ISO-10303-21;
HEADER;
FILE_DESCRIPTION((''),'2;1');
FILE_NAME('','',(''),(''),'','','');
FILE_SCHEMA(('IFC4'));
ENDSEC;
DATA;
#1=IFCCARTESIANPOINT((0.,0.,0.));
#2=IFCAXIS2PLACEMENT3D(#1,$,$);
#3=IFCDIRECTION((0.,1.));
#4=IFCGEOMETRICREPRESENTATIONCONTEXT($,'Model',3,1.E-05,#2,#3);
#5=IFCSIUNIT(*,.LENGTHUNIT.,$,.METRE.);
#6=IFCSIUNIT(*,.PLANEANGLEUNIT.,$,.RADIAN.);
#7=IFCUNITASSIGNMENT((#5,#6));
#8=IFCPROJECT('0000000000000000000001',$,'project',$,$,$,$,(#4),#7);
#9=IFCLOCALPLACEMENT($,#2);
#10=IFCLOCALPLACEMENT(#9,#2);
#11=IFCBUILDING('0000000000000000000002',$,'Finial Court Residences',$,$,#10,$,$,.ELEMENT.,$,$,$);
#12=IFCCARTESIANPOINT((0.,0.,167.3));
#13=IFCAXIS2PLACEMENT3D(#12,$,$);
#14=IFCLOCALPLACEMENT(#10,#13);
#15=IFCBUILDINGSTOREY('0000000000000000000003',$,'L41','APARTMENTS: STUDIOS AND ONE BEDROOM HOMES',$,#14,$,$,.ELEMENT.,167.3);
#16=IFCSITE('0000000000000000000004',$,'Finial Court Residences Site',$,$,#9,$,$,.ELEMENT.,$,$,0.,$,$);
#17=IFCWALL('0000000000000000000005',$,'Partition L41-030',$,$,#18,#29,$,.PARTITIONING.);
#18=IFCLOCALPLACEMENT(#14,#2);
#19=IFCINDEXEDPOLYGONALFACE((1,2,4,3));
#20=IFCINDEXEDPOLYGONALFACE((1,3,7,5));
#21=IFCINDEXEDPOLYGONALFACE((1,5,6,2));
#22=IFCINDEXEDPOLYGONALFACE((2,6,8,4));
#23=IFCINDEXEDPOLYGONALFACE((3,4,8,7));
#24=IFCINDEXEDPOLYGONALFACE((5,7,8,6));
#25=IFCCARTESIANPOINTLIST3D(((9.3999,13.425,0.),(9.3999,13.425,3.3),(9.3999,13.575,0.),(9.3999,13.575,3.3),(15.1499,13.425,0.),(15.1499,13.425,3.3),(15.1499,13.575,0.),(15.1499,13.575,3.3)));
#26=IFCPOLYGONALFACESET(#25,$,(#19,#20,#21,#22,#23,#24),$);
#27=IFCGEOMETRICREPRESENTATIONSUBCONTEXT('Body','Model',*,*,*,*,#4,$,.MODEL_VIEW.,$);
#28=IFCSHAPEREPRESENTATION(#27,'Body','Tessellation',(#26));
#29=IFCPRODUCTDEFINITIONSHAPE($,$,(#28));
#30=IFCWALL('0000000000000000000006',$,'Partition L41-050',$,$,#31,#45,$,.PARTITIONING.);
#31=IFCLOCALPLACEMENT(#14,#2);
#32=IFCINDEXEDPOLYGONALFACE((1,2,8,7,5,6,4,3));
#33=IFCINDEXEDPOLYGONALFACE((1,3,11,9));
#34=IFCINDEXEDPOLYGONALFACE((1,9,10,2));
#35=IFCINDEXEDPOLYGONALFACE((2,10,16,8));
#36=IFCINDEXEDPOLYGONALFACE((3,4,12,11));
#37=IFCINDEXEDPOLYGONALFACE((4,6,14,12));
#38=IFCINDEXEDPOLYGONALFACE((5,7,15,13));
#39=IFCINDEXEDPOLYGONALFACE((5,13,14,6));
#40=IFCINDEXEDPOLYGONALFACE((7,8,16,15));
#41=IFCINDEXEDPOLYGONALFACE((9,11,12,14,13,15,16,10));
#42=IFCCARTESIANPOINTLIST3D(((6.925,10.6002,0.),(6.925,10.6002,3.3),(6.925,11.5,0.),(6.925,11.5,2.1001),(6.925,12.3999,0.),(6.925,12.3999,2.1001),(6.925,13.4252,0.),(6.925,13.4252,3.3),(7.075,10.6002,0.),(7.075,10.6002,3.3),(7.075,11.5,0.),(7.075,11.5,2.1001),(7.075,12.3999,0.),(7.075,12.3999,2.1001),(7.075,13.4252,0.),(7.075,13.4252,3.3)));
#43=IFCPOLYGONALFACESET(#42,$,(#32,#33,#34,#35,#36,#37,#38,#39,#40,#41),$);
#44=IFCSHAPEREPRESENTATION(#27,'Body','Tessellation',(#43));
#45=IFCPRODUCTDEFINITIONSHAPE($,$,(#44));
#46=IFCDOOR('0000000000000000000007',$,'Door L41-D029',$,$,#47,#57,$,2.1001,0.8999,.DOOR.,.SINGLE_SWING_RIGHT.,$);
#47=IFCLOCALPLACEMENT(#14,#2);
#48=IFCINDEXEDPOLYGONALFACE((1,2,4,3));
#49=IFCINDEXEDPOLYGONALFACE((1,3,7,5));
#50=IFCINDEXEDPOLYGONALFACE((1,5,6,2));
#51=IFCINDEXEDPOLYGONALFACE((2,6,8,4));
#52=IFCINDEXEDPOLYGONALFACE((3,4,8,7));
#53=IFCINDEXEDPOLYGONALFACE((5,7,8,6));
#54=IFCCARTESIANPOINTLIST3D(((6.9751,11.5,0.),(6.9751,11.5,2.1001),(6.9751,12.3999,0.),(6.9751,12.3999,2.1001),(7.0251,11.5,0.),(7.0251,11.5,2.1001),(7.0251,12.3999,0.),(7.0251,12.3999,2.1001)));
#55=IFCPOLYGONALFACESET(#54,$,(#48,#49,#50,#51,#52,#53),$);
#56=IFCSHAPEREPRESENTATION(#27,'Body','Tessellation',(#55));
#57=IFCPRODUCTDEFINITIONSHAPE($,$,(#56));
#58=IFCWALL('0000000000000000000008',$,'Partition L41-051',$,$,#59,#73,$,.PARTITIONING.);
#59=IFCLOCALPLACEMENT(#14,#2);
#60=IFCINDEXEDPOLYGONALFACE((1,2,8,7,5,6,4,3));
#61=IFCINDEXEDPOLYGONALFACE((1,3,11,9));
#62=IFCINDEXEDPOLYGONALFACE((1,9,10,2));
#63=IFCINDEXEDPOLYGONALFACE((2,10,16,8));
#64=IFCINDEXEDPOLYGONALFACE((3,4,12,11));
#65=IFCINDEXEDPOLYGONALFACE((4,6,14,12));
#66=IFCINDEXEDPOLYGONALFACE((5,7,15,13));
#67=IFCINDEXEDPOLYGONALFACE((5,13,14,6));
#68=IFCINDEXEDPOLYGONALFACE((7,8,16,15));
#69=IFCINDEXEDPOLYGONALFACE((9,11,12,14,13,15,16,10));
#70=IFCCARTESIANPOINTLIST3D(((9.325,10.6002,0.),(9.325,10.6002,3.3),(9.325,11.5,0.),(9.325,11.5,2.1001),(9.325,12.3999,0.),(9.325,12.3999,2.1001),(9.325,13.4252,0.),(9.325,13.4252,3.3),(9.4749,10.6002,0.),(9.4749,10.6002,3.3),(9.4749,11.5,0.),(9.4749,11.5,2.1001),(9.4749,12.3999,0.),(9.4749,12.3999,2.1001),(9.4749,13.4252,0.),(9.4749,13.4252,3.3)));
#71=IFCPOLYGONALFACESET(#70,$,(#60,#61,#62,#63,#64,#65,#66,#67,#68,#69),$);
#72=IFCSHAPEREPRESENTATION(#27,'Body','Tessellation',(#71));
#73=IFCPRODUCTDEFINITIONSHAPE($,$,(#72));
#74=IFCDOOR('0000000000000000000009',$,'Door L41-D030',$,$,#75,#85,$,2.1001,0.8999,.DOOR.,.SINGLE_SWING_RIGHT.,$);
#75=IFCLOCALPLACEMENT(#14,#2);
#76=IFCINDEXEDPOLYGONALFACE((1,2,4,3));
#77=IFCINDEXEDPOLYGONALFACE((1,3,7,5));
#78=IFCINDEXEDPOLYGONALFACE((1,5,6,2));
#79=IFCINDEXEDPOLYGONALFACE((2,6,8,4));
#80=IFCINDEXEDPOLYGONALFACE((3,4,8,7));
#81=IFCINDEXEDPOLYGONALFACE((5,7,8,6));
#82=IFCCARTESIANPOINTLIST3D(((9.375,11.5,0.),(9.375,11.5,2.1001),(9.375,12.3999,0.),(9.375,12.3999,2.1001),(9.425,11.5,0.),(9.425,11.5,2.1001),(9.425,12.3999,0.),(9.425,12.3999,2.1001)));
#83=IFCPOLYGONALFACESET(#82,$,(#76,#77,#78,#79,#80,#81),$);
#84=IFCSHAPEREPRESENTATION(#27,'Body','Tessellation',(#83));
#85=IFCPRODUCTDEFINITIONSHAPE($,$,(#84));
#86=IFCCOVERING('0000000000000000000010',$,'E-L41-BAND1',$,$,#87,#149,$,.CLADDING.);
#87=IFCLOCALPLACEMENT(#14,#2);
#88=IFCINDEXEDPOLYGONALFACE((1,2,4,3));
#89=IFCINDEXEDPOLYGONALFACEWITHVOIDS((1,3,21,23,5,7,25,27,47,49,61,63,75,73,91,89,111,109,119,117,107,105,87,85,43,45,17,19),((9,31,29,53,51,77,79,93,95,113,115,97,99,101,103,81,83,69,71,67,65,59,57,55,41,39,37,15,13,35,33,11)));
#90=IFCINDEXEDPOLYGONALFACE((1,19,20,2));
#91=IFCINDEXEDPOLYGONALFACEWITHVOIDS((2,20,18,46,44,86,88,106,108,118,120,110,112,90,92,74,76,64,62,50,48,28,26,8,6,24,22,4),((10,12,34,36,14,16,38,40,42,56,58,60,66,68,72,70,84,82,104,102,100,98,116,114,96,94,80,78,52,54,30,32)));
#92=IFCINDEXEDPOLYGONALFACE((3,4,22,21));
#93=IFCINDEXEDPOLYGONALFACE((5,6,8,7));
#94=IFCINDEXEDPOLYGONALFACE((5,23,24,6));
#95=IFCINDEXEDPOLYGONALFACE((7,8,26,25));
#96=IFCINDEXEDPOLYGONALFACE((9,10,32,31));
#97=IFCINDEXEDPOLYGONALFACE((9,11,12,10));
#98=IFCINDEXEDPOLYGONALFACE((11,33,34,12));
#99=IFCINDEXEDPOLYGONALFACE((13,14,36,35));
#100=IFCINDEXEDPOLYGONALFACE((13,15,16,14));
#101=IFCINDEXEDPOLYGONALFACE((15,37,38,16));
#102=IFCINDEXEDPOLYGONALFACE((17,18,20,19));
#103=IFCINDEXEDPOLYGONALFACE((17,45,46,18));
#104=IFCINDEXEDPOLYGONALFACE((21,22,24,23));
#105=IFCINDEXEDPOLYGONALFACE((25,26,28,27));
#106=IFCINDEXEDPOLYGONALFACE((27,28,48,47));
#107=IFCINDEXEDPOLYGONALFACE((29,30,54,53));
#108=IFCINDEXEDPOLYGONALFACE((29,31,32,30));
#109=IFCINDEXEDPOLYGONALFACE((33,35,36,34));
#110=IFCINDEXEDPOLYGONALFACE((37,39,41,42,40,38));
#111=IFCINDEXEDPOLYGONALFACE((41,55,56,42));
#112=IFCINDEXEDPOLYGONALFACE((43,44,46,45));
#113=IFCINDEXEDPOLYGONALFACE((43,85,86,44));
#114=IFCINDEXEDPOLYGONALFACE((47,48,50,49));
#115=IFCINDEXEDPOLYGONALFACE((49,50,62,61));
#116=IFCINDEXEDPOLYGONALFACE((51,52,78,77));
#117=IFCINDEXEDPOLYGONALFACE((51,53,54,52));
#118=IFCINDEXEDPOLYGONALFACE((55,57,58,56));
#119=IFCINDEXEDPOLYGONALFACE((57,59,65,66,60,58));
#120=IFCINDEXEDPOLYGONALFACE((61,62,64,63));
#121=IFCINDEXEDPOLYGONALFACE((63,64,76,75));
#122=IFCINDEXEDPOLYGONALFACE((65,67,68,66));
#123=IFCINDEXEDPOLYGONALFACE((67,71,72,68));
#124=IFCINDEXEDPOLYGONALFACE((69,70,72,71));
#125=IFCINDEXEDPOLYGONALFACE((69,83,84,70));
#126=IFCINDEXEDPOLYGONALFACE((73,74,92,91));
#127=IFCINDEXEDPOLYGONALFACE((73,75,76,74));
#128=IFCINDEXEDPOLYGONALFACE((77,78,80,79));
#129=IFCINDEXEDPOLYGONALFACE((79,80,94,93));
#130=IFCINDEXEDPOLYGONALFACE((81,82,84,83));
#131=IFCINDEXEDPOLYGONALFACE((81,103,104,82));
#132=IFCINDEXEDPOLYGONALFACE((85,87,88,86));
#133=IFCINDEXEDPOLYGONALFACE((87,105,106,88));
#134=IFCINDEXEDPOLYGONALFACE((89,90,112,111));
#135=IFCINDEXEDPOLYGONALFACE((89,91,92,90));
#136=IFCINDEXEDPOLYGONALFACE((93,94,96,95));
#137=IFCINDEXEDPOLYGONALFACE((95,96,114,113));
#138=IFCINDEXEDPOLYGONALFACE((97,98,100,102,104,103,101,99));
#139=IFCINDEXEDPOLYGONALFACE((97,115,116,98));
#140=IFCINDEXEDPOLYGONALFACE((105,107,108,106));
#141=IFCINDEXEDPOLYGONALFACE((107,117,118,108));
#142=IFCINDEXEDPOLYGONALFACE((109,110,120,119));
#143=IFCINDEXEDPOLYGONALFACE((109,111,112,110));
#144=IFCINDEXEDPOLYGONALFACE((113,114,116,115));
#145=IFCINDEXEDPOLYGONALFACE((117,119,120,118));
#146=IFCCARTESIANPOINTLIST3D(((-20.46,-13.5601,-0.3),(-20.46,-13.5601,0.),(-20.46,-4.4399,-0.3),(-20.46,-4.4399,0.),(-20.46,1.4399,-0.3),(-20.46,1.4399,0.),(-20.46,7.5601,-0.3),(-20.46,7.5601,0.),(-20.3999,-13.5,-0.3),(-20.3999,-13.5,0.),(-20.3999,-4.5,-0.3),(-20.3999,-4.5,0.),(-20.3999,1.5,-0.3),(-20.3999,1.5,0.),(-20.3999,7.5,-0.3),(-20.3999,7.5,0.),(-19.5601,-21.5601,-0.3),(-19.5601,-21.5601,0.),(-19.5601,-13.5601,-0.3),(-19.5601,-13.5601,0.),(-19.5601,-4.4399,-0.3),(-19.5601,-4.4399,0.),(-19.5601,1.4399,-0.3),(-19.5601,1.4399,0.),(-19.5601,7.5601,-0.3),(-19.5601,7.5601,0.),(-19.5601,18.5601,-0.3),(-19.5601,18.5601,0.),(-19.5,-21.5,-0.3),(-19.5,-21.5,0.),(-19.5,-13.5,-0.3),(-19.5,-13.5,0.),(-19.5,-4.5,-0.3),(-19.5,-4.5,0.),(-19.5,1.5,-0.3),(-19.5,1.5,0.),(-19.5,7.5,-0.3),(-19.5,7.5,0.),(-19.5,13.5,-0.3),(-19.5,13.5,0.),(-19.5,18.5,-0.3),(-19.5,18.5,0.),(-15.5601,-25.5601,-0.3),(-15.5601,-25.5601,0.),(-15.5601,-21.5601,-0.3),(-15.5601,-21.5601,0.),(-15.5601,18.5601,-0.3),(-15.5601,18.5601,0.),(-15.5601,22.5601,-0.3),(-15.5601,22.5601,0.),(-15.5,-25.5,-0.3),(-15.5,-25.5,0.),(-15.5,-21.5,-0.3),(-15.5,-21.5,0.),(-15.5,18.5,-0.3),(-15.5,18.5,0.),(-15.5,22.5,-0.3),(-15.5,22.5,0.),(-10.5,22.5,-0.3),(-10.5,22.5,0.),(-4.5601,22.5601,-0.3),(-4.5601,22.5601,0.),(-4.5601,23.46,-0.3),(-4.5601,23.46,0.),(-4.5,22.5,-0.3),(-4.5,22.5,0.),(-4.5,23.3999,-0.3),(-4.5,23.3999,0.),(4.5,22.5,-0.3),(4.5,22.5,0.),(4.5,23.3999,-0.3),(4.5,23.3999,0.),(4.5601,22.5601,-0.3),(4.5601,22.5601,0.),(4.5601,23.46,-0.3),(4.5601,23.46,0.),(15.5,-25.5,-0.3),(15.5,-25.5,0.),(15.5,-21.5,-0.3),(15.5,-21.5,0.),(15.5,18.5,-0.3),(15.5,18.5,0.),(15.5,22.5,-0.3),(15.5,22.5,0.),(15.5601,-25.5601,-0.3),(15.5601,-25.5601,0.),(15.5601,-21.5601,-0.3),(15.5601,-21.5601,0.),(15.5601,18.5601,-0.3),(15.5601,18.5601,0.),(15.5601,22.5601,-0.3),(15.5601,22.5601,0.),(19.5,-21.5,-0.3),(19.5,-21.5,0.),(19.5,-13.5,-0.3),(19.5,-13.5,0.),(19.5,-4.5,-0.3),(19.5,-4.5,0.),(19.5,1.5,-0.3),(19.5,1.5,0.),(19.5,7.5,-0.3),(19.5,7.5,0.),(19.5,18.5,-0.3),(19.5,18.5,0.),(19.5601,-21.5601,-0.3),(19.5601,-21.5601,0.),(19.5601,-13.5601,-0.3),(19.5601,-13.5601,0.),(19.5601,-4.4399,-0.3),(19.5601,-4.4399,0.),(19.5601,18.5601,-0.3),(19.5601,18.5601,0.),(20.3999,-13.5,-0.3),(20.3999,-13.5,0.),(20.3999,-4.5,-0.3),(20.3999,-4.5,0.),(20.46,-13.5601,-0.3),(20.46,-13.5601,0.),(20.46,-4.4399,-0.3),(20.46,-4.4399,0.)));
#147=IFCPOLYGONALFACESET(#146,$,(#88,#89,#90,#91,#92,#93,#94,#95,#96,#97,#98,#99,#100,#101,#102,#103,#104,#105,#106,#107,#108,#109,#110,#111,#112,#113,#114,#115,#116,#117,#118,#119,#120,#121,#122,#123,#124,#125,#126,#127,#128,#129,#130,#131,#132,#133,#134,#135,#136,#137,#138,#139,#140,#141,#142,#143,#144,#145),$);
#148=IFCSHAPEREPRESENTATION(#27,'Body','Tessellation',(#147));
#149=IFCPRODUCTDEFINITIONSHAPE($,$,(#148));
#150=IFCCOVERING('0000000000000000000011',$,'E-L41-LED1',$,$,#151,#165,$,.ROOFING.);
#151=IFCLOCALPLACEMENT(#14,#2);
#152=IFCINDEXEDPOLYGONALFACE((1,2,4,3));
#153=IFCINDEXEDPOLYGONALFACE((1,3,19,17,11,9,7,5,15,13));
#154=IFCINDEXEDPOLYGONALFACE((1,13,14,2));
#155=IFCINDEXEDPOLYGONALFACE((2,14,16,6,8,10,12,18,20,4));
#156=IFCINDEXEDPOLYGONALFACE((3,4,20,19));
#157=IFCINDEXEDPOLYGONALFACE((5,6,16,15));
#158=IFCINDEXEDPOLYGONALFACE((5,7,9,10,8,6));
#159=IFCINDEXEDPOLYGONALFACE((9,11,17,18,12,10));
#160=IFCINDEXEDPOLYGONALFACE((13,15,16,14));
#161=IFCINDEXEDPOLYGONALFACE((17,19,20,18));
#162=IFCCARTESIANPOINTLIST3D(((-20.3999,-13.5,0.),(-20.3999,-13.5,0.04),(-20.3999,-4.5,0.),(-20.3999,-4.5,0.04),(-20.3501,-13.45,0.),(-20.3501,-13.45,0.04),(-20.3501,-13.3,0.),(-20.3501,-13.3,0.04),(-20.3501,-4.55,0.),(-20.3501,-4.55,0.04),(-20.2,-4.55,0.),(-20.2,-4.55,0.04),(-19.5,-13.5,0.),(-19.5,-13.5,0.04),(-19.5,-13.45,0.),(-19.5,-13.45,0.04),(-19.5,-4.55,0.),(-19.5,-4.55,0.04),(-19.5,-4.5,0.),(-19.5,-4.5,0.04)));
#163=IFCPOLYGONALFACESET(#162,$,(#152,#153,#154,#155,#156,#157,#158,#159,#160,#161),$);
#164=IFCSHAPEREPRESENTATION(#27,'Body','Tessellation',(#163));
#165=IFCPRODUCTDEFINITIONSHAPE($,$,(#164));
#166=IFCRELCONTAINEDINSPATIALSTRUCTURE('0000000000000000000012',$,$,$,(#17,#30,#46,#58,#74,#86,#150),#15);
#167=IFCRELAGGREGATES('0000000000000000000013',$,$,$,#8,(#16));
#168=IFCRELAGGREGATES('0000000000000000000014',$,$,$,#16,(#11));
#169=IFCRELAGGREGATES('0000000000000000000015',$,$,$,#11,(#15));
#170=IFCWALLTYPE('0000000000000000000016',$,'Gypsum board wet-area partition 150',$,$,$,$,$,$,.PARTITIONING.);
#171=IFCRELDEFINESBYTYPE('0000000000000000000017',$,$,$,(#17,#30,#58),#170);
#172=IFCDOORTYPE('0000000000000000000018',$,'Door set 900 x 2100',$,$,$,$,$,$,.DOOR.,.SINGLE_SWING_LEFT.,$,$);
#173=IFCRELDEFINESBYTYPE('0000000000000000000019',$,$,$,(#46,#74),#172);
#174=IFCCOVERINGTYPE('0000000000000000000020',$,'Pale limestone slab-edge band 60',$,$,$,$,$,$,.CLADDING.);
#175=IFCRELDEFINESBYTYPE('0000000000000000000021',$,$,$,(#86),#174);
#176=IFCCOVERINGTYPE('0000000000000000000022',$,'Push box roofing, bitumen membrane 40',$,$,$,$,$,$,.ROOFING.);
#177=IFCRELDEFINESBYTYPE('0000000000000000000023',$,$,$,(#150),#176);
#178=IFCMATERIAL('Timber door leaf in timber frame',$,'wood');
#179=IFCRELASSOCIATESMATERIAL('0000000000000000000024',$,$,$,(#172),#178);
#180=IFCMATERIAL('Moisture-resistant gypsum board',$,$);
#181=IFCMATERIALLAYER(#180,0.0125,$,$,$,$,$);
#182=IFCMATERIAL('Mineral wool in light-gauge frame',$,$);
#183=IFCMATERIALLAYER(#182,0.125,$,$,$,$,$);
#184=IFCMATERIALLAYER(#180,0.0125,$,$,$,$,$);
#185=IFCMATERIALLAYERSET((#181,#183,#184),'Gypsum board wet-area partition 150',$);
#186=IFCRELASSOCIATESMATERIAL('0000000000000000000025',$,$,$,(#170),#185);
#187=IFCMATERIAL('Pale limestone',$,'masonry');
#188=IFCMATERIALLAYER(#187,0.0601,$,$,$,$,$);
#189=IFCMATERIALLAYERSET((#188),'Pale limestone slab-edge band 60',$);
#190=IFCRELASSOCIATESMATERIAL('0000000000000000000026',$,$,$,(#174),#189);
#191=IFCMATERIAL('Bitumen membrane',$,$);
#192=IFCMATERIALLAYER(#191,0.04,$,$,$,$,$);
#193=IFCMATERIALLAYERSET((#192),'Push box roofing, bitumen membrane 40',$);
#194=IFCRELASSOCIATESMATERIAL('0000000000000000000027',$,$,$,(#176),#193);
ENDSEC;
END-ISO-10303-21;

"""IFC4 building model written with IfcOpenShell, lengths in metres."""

from ifc_helpers import new_model, si_unit, direction, frame, frame_2d, origin, place, context, subcontext, project, spatial, polyline, rectangle, outline, extrude, material, layer, layer_set, type_object, element, fill, save


model = new_model("IFC4")

# Units and contexts
model_context = context("Model", 3, precision=1e-05, world=origin(), true_north=direction((0.0, 1.0)))
body_context = subcontext(model_context, "Body", "Model", "MODEL_VIEW")
ifc_project = project(units=[si_unit("LENGTHUNIT", "METRE"), si_unit("PLANEANGLEUNIT", "RADIAN")], contexts=[model_context])

# Site, building, storey
site_placement = place(None, origin())
site = spatial("IfcSite", under=ifc_project, at=site_placement, Name="Finial Court Residences Site", CompositionType="ELEMENT", RefElevation=0.0)
building_placement = place(site_placement, origin())
building = spatial("IfcBuilding", under=site, at=building_placement, Name="Finial Court Residences", CompositionType="ELEMENT")
storey_placement = place(building_placement, frame((0.0, 0.0, 167.3)))
storey = spatial("IfcBuildingStorey", under=building, at=storey_placement, Name="L41", Description="APARTMENTS: STUDIOS AND ONE BEDROOM HOMES", CompositionType="ELEMENT", Elevation=167.3)

# Shared definitions
ifc_material_1 = material(Name="Mineral wool in light-gauge frame")
ifc_material_2 = material(Name="Timber door leaf in timber frame", Category="wood")
door_type = type_object("IfcDoorType", Name="Door set 900 x 2100", OperationType="SINGLE_SWING_LEFT", PredefinedType="DOOR", material=ifc_material_2)

# Wall
ifc_material_3 = material(Name="Moisture-resistant gypsum board")
ifc_layer_1 = layer(ifc_material_3, 0.0125)
ifc_layer_2 = layer(ifc_material_1, 0.125)
ifc_layer_3 = layer(ifc_material_3, 0.0125)
ifc_layer_set_1 = layer_set([ifc_layer_1, ifc_layer_2, ifc_layer_3], Name="Gypsum board wet-area partition 150")
wall_type_1 = type_object("IfcWallType", Name="Gypsum board wet-area partition 150", PredefinedType="PARTITIONING", material=ifc_layer_set_1)
wall_1_placement = place(storey_placement, frame((9.3999, 13.5, 0.0), z_axis=(0.0, 0.0, 1.0), x_axis=(1.0, 0.0, 0.0)))
element("IfcWall", 1, at=wall_1_placement, inside=storey, type_object=wall_type_1, Name="Partition L41-030", PredefinedType="PARTITIONING", context=body_context, shape_type="SweptSolid", body=[
    extrude(rectangle(XDim=5.75, YDim=0.1499, at=frame_2d((2.875, 0.0))), origin(), (0.0, 0.0, 1.0), 3.3),
])

# Walls, openings, doors
wall_2_placement = place(storey_placement, frame((7.0, 10.6001, 0.0), z_axis=(0.0, 0.0, 1.0), x_axis=(0.0, 1.0, 0.0)))
wall_2 = element("IfcWall", 2, at=wall_2_placement, inside=storey, type_object=wall_type_1, Name="Partition L41-050", PredefinedType="PARTITIONING", context=body_context, shape_type="SweptSolid", body=[
    extrude(rectangle(XDim=2.825, YDim=0.1499, at=frame_2d((1.4126, 0.0))), origin(), (0.0, 0.0, 1.0), 3.3),
])
opening_1_placement = place(wall_2_placement, frame((0.8999, 0.0, 0.0)))
opening_1 = element("IfcOpeningElement", 3, at=opening_1_placement, cuts=wall_2, PredefinedType="OPENING", context=body_context, shape_type="SweptSolid", body=[
    extrude(rectangle(XDim=0.8999, YDim=2.1001, at=frame_2d((0.45, 1.05))), frame((0.0, 0.085, 0.0), z_axis=(0.0, -1.0, 0.0), x_axis=(1.0, 0.0, 0.0)), (0.0, 0.0, 1.0), 0.1699),
])
door_1_placement = place(opening_1_placement, origin())
door_1 = element("IfcDoor", 4, at=door_1_placement, inside=storey, type_object=door_type, Name="Door L41-D029", OperationType="SINGLE_SWING_RIGHT", OverallHeight=2.1001, OverallWidth=0.8999, PredefinedType="DOOR", context=body_context, shape_type="SweptSolid", body=[
    extrude(rectangle(XDim=0.8999, YDim=2.1001, at=frame_2d((0.45, 1.05))), frame((0.0, 0.0249, 0.0), z_axis=(0.0, -1.0, 0.0), x_axis=(1.0, 0.0, 0.0)), (0.0, 0.0, 1.0), 0.05),
])
fill(opening_1, door_1)
wall_3_placement = place(storey_placement, frame((9.3999, 10.6001, 0.0), z_axis=(0.0, 0.0, 1.0), x_axis=(0.0, 1.0, 0.0)))
wall_3 = element("IfcWall", 5, at=wall_3_placement, inside=storey, type_object=wall_type_1, Name="Partition L41-051", PredefinedType="PARTITIONING", context=body_context, shape_type="SweptSolid", body=[
    extrude(rectangle(XDim=2.825, YDim=0.1499, at=frame_2d((1.4126, 0.0))), origin(), (0.0, 0.0, 1.0), 3.3),
])
opening_2_placement = place(wall_3_placement, frame((0.8999, 0.0, 0.0)))
opening_2 = element("IfcOpeningElement", 6, at=opening_2_placement, cuts=wall_3, PredefinedType="OPENING", context=body_context, shape_type="SweptSolid", body=[
    extrude(rectangle(XDim=0.8999, YDim=2.1001, at=frame_2d((0.45, 1.05))), frame((0.0, 0.085, 0.0), z_axis=(0.0, -1.0, 0.0), x_axis=(1.0, 0.0, 0.0)), (0.0, 0.0, 1.0), 0.1699),
])
door_2_placement = place(opening_2_placement, origin())
door_2 = element("IfcDoor", 7, at=door_2_placement, inside=storey, type_object=door_type, Name="Door L41-D030", OperationType="SINGLE_SWING_RIGHT", OverallHeight=2.1001, OverallWidth=0.8999, PredefinedType="DOOR", context=body_context, shape_type="SweptSolid", body=[
    extrude(rectangle(XDim=0.8999, YDim=2.1001, at=frame_2d((0.45, 1.05))), frame((0.0, 0.0249, 0.0), z_axis=(0.0, -1.0, 0.0), x_axis=(1.0, 0.0, 0.0)), (0.0, 0.0, 1.0), 0.05),
])
fill(opening_2, door_2)

# Coverings
ifc_material_4 = material(Name="Pale limestone", Category="masonry")
ifc_layer_4 = layer(ifc_material_4, 0.0601)
ifc_layer_set_2 = layer_set([ifc_layer_4], Name="Pale limestone slab-edge band 60")
covering_type_1 = type_object("IfcCoveringType", Name="Pale limestone slab-edge band 60", PredefinedType="CLADDING", material=ifc_layer_set_2)
covering_1_placement = place(storey_placement, frame((0.0, 0.0, -0.3)))
element("IfcCovering", 8, at=covering_1_placement, inside=storey, type_object=covering_type_1, Name="E-L41-BAND1", PredefinedType="CLADDING", context=body_context, shape_type="SweptSolid", body=[
    extrude(outline(polyline([(-20.46, -4.4399), (-19.5601, -4.4399), (-19.5601, 1.4399), (-20.46, 1.4399), (-20.46, 7.5601), (-19.5601, 7.5601), (-19.5601, 18.5601), (-15.5601, 18.5601), (-15.5601, 22.5601), (-4.5601, 22.5601), (-4.5601, 23.46), (4.5601, 23.46), (4.5601, 22.5601), (15.5601, 22.5601), (15.5601, 18.5601), (19.5601, 18.5601), (19.5601, -4.4399), (20.46, -4.4399), (20.46, -13.5601), (19.5601, -13.5601), (19.5601, -21.5601), (15.5601, -21.5601), (15.5601, -25.5601), (-15.5601, -25.5601), (-15.5601, -21.5601), (-19.5601, -21.5601), (-19.5601, -13.5601), (-20.46, -13.5601), (-20.46, -4.4399)]), holes=[polyline([(-19.5, -13.5), (-19.5, -21.5), (-15.5, -21.5), (-15.5, -25.5), (15.5, -25.5), (15.5, -21.5), (19.5, -21.5), (19.5, -13.5), (20.3999, -13.5), (20.3999, -4.5), (19.5, -4.5), (19.5, 1.5), (19.5, 7.5), (19.5, 18.5), (15.5, 18.5), (15.5, 22.5), (4.5, 22.5), (4.5, 23.3999), (-4.5, 23.3999), (-4.5, 22.5), (-10.5, 22.5), (-15.5, 22.5), (-15.5, 18.5), (-19.5, 18.5), (-19.5, 13.5), (-19.5, 7.5), (-20.3999, 7.5), (-20.3999, 1.5), (-19.5, 1.5), (-19.5, -4.5), (-20.3999, -4.5), (-20.3999, -13.5), (-19.5, -13.5)])]), origin(), (0.0, 0.0, 1.0), 0.3),
])
ifc_material_5 = material(Name="Bitumen membrane")
ifc_layer_5 = layer(ifc_material_5, 0.04)
ifc_layer_set_3 = layer_set([ifc_layer_5], Name="Push box roofing, bitumen membrane 40")
covering_type_2 = type_object("IfcCoveringType", Name="Push box roofing, bitumen membrane 40", PredefinedType="ROOFING", material=ifc_layer_set_3)
covering_2_placement = place(storey_placement, origin())
element("IfcCovering", 9, at=covering_2_placement, inside=storey, type_object=covering_type_2, Name="E-L41-LED1", PredefinedType="ROOFING", context=body_context, shape_type="SweptSolid", body=[
    extrude(outline(polyline([(-19.5, -4.55), (-20.2, -4.55), (-20.3501, -4.55), (-20.3501, -13.3), (-20.3501, -13.3), (-20.3501, -13.45), (-19.5, -13.45), (-19.5, -13.5), (-20.3999, -13.5), (-20.3999, -4.5), (-19.5, -4.5), (-19.5, -4.55)])), origin(), (0.0, 0.0, 1.0), 0.04),
])

save(model, "model.ifc")
